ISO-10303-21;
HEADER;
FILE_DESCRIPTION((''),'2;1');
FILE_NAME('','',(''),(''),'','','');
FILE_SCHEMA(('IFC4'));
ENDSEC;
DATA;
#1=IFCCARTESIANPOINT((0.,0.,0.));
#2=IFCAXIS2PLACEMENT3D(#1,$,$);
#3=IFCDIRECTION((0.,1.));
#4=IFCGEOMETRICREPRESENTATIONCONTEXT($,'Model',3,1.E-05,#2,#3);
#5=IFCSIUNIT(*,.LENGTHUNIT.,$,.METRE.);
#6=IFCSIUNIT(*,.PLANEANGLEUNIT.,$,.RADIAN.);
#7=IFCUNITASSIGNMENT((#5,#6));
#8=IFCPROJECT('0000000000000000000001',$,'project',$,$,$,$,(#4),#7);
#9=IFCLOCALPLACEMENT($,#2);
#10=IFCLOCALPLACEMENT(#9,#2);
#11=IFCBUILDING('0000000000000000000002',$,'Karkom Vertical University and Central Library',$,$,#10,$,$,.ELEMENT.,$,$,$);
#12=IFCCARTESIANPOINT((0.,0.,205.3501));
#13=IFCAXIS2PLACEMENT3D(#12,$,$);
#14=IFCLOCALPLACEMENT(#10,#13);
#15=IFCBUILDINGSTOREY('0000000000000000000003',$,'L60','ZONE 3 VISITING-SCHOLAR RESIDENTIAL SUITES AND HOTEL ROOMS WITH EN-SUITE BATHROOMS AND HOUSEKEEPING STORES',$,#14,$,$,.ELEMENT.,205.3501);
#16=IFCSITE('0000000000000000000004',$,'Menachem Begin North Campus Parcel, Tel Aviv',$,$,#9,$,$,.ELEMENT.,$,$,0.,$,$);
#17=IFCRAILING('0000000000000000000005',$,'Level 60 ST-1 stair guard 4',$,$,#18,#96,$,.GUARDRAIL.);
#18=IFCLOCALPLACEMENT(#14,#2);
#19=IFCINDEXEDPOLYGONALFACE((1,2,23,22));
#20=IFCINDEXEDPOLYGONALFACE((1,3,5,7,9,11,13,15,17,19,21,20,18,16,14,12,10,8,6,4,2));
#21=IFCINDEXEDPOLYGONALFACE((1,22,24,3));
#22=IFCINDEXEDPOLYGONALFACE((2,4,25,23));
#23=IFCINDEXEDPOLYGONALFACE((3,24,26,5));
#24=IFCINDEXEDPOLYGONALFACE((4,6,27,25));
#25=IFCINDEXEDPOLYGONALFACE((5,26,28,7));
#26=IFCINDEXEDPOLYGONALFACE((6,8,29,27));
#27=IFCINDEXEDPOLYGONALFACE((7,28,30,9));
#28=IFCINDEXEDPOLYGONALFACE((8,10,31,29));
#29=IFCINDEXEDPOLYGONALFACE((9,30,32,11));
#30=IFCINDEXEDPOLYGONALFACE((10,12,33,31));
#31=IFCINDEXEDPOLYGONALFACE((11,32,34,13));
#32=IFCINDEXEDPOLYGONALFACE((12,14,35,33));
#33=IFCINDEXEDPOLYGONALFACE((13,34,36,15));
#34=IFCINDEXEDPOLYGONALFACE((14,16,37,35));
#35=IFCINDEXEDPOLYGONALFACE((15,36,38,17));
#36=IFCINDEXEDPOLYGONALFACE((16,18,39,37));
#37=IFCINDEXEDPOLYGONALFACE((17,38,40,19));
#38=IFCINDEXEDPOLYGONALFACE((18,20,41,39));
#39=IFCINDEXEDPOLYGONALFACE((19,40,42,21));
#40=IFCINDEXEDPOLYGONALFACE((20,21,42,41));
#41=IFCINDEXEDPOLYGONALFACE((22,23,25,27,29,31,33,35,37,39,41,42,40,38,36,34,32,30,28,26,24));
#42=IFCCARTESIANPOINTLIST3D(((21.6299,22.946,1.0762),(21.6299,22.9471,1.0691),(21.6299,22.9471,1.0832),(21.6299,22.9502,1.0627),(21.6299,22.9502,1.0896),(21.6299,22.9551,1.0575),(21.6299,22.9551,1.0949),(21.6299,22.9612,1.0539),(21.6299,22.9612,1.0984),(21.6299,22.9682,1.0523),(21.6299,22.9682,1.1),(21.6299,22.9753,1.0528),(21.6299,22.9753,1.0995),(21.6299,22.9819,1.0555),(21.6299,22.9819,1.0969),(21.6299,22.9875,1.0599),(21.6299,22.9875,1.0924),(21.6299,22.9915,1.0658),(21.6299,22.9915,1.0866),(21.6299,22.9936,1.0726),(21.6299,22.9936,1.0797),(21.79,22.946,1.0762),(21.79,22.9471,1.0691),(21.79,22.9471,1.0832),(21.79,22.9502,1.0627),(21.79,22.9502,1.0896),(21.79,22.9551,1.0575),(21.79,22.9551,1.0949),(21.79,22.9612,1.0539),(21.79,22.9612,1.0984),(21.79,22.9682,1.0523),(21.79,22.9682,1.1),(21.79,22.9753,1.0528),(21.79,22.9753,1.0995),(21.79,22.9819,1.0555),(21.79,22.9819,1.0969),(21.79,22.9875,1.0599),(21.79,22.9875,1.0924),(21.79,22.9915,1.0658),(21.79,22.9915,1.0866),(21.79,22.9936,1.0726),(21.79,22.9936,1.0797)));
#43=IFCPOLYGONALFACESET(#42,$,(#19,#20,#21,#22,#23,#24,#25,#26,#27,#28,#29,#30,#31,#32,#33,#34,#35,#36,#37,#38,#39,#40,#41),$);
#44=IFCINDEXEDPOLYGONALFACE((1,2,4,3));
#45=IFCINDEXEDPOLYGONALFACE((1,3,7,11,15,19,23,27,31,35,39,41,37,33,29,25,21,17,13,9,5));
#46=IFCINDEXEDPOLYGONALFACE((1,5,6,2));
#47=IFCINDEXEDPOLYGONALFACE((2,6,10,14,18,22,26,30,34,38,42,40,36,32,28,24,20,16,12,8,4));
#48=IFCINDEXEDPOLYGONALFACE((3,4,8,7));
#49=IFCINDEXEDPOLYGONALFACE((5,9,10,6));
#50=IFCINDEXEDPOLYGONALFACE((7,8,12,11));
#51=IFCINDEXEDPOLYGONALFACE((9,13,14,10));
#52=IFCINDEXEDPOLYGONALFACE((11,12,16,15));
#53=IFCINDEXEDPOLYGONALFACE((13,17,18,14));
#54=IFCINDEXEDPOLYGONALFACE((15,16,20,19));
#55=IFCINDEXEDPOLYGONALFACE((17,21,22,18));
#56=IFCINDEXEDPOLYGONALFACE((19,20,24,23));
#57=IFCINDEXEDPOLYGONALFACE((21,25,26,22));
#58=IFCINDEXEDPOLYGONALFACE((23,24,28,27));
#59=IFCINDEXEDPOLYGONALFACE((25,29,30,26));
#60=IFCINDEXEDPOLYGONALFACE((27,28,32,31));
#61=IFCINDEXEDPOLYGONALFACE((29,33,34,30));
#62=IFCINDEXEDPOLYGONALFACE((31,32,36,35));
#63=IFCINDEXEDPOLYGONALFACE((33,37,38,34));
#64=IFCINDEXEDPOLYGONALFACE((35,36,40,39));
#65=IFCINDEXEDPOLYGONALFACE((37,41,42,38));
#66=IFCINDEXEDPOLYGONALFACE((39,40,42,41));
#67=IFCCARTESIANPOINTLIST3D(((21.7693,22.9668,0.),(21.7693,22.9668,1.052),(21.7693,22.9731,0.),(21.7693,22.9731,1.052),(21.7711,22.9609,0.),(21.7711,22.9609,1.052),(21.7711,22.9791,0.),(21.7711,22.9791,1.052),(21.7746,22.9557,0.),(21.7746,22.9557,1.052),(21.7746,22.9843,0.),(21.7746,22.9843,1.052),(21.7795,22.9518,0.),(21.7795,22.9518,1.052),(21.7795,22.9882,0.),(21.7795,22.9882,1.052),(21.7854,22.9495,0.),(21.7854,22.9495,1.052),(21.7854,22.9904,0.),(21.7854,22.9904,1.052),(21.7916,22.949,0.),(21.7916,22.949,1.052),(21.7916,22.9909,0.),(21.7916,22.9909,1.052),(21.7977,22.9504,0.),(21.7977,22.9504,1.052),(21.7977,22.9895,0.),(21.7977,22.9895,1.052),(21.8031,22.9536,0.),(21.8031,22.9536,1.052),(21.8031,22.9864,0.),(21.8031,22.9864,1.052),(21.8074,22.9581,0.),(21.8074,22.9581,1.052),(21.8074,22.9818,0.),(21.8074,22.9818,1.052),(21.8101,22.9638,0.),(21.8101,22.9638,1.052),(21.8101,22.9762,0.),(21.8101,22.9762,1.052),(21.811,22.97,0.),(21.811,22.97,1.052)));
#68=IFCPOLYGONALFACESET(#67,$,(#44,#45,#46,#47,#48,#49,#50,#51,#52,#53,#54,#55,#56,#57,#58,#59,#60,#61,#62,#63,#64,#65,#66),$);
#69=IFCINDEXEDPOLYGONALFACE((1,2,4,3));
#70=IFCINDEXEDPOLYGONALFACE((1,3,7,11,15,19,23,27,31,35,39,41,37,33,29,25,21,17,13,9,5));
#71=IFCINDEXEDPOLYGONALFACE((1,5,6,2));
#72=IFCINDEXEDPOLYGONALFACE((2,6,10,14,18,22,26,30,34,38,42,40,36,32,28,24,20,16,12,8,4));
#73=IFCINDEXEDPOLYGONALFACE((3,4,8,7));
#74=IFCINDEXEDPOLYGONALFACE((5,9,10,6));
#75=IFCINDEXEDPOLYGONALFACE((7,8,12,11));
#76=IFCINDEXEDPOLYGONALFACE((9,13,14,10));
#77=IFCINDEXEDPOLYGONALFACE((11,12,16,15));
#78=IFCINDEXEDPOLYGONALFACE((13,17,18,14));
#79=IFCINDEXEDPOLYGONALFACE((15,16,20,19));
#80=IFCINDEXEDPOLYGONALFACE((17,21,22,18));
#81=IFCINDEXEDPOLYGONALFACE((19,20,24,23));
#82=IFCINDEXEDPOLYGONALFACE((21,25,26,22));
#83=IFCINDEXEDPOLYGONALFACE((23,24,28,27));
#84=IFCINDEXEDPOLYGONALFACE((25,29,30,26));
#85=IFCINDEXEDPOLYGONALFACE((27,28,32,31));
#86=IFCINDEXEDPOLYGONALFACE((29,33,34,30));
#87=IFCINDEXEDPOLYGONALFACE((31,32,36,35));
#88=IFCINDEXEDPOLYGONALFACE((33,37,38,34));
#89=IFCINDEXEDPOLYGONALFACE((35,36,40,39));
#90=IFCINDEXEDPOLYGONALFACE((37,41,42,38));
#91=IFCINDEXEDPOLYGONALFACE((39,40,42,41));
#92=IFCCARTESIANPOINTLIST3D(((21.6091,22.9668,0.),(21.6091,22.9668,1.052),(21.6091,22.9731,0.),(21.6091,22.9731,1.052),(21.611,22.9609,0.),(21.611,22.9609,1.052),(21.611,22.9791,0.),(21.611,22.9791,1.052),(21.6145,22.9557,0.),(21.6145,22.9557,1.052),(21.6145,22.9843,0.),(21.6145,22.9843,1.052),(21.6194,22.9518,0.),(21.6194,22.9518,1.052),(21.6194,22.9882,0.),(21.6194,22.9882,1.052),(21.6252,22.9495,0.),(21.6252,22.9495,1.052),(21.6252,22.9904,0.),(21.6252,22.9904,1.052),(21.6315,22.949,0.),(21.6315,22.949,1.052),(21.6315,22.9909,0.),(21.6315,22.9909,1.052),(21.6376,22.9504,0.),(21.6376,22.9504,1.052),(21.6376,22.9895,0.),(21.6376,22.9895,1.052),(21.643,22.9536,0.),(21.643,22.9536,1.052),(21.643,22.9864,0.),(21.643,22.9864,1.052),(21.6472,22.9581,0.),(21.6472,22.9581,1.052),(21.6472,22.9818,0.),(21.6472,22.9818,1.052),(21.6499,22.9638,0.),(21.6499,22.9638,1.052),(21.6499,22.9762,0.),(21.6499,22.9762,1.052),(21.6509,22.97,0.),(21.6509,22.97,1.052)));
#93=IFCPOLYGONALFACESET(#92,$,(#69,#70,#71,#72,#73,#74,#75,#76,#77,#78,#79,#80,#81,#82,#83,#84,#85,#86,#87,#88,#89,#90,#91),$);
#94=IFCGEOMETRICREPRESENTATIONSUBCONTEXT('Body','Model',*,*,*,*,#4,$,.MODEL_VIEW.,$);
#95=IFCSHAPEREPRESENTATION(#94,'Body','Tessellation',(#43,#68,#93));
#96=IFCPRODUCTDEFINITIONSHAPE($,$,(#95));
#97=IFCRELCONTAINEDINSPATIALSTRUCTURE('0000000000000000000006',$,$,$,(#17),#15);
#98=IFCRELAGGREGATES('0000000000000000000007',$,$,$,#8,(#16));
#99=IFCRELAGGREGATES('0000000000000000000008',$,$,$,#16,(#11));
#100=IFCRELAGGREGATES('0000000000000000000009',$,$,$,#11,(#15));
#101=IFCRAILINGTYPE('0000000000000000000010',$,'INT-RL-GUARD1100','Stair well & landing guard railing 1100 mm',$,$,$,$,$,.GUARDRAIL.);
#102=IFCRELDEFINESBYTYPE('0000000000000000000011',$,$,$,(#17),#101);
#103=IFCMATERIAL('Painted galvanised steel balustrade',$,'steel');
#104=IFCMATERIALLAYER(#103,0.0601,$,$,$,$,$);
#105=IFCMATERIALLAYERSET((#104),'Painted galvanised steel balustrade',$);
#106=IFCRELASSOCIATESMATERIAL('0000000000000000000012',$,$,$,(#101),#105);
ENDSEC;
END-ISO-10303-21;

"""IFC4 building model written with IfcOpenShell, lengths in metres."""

from ifc_helpers import new_model, si_unit, direction, frame, origin, origin_2d, place, context, subcontext, project, spatial, circle, extrude, material, layer, layer_set, type_object, element, save


model = new_model("IFC4")

# Units and contexts
model_context = context("Model", 3, precision=1e-05, world=origin(), true_north=direction((0.0, 1.0)))
body_context = subcontext(model_context, "Body", "Model", "MODEL_VIEW")
ifc_project = project(units=[si_unit("LENGTHUNIT", "METRE"), si_unit("PLANEANGLEUNIT", "RADIAN")], contexts=[model_context])

# Site, building, storey
site_placement = place(None, origin())
site = spatial("IfcSite", under=ifc_project, at=site_placement, Name="Menachem Begin North Campus Parcel, Tel Aviv", CompositionType="ELEMENT", RefElevation=0.0)
building_placement = place(site_placement, origin())
building = spatial("IfcBuilding", under=site, at=building_placement, Name="Karkom Vertical University and Central Library", CompositionType="ELEMENT")
storey_placement = place(building_placement, frame((0.0, 0.0, 205.3501)))
storey = spatial("IfcBuildingStorey", under=building, at=storey_placement, Name="L60", Description="ZONE 3 VISITING-SCHOLAR RESIDENTIAL SUITES AND HOTEL ROOMS WITH EN-SUITE BATHROOMS AND HOUSEKEEPING STORES", CompositionType="ELEMENT", Elevation=205.3501)

# Railing
ifc_material_1 = material(Name="Painted galvanised steel balustrade", Category="steel")
ifc_layer_1 = layer(ifc_material_1, 0.0601)
ifc_layer_set_1 = layer_set([ifc_layer_1], Name="Painted galvanised steel balustrade")
railing_type_1 = type_object("IfcRailingType", Name="INT-RL-GUARD1100", Description="Stair well & landing guard railing 1100 mm", PredefinedType="GUARDRAIL", material=ifc_layer_set_1)
railing_1_placement = place(storey_placement, frame((21.79, 22.97, 0.0)))
element("IfcRailing", 1, at=railing_1_placement, inside=storey, type_object=railing_type_1, Name="Level 60 ST-1 stair guard 4", PredefinedType="GUARDRAIL", context=body_context, shape_type="SweptSolid", body=[
    extrude(circle(Radius=0.0239, at=origin_2d()), frame((0.0, 0.0, 1.0762), z_axis=(-1.0, 0.0, 0.0), x_axis=(0.0, -1.0, 0.0)), (0.0, 0.0, 1.0), 0.1602),
    extrude(circle(Radius=0.021, at=origin_2d()), origin(), (0.0, 0.0, 1.0), 1.052),
    extrude(circle(Radius=0.021, at=origin_2d()), frame((-0.1602, 0.0, 0.0)), (0.0, 0.0, 1.0), 1.052),
])

save(model, "model.ifc")
